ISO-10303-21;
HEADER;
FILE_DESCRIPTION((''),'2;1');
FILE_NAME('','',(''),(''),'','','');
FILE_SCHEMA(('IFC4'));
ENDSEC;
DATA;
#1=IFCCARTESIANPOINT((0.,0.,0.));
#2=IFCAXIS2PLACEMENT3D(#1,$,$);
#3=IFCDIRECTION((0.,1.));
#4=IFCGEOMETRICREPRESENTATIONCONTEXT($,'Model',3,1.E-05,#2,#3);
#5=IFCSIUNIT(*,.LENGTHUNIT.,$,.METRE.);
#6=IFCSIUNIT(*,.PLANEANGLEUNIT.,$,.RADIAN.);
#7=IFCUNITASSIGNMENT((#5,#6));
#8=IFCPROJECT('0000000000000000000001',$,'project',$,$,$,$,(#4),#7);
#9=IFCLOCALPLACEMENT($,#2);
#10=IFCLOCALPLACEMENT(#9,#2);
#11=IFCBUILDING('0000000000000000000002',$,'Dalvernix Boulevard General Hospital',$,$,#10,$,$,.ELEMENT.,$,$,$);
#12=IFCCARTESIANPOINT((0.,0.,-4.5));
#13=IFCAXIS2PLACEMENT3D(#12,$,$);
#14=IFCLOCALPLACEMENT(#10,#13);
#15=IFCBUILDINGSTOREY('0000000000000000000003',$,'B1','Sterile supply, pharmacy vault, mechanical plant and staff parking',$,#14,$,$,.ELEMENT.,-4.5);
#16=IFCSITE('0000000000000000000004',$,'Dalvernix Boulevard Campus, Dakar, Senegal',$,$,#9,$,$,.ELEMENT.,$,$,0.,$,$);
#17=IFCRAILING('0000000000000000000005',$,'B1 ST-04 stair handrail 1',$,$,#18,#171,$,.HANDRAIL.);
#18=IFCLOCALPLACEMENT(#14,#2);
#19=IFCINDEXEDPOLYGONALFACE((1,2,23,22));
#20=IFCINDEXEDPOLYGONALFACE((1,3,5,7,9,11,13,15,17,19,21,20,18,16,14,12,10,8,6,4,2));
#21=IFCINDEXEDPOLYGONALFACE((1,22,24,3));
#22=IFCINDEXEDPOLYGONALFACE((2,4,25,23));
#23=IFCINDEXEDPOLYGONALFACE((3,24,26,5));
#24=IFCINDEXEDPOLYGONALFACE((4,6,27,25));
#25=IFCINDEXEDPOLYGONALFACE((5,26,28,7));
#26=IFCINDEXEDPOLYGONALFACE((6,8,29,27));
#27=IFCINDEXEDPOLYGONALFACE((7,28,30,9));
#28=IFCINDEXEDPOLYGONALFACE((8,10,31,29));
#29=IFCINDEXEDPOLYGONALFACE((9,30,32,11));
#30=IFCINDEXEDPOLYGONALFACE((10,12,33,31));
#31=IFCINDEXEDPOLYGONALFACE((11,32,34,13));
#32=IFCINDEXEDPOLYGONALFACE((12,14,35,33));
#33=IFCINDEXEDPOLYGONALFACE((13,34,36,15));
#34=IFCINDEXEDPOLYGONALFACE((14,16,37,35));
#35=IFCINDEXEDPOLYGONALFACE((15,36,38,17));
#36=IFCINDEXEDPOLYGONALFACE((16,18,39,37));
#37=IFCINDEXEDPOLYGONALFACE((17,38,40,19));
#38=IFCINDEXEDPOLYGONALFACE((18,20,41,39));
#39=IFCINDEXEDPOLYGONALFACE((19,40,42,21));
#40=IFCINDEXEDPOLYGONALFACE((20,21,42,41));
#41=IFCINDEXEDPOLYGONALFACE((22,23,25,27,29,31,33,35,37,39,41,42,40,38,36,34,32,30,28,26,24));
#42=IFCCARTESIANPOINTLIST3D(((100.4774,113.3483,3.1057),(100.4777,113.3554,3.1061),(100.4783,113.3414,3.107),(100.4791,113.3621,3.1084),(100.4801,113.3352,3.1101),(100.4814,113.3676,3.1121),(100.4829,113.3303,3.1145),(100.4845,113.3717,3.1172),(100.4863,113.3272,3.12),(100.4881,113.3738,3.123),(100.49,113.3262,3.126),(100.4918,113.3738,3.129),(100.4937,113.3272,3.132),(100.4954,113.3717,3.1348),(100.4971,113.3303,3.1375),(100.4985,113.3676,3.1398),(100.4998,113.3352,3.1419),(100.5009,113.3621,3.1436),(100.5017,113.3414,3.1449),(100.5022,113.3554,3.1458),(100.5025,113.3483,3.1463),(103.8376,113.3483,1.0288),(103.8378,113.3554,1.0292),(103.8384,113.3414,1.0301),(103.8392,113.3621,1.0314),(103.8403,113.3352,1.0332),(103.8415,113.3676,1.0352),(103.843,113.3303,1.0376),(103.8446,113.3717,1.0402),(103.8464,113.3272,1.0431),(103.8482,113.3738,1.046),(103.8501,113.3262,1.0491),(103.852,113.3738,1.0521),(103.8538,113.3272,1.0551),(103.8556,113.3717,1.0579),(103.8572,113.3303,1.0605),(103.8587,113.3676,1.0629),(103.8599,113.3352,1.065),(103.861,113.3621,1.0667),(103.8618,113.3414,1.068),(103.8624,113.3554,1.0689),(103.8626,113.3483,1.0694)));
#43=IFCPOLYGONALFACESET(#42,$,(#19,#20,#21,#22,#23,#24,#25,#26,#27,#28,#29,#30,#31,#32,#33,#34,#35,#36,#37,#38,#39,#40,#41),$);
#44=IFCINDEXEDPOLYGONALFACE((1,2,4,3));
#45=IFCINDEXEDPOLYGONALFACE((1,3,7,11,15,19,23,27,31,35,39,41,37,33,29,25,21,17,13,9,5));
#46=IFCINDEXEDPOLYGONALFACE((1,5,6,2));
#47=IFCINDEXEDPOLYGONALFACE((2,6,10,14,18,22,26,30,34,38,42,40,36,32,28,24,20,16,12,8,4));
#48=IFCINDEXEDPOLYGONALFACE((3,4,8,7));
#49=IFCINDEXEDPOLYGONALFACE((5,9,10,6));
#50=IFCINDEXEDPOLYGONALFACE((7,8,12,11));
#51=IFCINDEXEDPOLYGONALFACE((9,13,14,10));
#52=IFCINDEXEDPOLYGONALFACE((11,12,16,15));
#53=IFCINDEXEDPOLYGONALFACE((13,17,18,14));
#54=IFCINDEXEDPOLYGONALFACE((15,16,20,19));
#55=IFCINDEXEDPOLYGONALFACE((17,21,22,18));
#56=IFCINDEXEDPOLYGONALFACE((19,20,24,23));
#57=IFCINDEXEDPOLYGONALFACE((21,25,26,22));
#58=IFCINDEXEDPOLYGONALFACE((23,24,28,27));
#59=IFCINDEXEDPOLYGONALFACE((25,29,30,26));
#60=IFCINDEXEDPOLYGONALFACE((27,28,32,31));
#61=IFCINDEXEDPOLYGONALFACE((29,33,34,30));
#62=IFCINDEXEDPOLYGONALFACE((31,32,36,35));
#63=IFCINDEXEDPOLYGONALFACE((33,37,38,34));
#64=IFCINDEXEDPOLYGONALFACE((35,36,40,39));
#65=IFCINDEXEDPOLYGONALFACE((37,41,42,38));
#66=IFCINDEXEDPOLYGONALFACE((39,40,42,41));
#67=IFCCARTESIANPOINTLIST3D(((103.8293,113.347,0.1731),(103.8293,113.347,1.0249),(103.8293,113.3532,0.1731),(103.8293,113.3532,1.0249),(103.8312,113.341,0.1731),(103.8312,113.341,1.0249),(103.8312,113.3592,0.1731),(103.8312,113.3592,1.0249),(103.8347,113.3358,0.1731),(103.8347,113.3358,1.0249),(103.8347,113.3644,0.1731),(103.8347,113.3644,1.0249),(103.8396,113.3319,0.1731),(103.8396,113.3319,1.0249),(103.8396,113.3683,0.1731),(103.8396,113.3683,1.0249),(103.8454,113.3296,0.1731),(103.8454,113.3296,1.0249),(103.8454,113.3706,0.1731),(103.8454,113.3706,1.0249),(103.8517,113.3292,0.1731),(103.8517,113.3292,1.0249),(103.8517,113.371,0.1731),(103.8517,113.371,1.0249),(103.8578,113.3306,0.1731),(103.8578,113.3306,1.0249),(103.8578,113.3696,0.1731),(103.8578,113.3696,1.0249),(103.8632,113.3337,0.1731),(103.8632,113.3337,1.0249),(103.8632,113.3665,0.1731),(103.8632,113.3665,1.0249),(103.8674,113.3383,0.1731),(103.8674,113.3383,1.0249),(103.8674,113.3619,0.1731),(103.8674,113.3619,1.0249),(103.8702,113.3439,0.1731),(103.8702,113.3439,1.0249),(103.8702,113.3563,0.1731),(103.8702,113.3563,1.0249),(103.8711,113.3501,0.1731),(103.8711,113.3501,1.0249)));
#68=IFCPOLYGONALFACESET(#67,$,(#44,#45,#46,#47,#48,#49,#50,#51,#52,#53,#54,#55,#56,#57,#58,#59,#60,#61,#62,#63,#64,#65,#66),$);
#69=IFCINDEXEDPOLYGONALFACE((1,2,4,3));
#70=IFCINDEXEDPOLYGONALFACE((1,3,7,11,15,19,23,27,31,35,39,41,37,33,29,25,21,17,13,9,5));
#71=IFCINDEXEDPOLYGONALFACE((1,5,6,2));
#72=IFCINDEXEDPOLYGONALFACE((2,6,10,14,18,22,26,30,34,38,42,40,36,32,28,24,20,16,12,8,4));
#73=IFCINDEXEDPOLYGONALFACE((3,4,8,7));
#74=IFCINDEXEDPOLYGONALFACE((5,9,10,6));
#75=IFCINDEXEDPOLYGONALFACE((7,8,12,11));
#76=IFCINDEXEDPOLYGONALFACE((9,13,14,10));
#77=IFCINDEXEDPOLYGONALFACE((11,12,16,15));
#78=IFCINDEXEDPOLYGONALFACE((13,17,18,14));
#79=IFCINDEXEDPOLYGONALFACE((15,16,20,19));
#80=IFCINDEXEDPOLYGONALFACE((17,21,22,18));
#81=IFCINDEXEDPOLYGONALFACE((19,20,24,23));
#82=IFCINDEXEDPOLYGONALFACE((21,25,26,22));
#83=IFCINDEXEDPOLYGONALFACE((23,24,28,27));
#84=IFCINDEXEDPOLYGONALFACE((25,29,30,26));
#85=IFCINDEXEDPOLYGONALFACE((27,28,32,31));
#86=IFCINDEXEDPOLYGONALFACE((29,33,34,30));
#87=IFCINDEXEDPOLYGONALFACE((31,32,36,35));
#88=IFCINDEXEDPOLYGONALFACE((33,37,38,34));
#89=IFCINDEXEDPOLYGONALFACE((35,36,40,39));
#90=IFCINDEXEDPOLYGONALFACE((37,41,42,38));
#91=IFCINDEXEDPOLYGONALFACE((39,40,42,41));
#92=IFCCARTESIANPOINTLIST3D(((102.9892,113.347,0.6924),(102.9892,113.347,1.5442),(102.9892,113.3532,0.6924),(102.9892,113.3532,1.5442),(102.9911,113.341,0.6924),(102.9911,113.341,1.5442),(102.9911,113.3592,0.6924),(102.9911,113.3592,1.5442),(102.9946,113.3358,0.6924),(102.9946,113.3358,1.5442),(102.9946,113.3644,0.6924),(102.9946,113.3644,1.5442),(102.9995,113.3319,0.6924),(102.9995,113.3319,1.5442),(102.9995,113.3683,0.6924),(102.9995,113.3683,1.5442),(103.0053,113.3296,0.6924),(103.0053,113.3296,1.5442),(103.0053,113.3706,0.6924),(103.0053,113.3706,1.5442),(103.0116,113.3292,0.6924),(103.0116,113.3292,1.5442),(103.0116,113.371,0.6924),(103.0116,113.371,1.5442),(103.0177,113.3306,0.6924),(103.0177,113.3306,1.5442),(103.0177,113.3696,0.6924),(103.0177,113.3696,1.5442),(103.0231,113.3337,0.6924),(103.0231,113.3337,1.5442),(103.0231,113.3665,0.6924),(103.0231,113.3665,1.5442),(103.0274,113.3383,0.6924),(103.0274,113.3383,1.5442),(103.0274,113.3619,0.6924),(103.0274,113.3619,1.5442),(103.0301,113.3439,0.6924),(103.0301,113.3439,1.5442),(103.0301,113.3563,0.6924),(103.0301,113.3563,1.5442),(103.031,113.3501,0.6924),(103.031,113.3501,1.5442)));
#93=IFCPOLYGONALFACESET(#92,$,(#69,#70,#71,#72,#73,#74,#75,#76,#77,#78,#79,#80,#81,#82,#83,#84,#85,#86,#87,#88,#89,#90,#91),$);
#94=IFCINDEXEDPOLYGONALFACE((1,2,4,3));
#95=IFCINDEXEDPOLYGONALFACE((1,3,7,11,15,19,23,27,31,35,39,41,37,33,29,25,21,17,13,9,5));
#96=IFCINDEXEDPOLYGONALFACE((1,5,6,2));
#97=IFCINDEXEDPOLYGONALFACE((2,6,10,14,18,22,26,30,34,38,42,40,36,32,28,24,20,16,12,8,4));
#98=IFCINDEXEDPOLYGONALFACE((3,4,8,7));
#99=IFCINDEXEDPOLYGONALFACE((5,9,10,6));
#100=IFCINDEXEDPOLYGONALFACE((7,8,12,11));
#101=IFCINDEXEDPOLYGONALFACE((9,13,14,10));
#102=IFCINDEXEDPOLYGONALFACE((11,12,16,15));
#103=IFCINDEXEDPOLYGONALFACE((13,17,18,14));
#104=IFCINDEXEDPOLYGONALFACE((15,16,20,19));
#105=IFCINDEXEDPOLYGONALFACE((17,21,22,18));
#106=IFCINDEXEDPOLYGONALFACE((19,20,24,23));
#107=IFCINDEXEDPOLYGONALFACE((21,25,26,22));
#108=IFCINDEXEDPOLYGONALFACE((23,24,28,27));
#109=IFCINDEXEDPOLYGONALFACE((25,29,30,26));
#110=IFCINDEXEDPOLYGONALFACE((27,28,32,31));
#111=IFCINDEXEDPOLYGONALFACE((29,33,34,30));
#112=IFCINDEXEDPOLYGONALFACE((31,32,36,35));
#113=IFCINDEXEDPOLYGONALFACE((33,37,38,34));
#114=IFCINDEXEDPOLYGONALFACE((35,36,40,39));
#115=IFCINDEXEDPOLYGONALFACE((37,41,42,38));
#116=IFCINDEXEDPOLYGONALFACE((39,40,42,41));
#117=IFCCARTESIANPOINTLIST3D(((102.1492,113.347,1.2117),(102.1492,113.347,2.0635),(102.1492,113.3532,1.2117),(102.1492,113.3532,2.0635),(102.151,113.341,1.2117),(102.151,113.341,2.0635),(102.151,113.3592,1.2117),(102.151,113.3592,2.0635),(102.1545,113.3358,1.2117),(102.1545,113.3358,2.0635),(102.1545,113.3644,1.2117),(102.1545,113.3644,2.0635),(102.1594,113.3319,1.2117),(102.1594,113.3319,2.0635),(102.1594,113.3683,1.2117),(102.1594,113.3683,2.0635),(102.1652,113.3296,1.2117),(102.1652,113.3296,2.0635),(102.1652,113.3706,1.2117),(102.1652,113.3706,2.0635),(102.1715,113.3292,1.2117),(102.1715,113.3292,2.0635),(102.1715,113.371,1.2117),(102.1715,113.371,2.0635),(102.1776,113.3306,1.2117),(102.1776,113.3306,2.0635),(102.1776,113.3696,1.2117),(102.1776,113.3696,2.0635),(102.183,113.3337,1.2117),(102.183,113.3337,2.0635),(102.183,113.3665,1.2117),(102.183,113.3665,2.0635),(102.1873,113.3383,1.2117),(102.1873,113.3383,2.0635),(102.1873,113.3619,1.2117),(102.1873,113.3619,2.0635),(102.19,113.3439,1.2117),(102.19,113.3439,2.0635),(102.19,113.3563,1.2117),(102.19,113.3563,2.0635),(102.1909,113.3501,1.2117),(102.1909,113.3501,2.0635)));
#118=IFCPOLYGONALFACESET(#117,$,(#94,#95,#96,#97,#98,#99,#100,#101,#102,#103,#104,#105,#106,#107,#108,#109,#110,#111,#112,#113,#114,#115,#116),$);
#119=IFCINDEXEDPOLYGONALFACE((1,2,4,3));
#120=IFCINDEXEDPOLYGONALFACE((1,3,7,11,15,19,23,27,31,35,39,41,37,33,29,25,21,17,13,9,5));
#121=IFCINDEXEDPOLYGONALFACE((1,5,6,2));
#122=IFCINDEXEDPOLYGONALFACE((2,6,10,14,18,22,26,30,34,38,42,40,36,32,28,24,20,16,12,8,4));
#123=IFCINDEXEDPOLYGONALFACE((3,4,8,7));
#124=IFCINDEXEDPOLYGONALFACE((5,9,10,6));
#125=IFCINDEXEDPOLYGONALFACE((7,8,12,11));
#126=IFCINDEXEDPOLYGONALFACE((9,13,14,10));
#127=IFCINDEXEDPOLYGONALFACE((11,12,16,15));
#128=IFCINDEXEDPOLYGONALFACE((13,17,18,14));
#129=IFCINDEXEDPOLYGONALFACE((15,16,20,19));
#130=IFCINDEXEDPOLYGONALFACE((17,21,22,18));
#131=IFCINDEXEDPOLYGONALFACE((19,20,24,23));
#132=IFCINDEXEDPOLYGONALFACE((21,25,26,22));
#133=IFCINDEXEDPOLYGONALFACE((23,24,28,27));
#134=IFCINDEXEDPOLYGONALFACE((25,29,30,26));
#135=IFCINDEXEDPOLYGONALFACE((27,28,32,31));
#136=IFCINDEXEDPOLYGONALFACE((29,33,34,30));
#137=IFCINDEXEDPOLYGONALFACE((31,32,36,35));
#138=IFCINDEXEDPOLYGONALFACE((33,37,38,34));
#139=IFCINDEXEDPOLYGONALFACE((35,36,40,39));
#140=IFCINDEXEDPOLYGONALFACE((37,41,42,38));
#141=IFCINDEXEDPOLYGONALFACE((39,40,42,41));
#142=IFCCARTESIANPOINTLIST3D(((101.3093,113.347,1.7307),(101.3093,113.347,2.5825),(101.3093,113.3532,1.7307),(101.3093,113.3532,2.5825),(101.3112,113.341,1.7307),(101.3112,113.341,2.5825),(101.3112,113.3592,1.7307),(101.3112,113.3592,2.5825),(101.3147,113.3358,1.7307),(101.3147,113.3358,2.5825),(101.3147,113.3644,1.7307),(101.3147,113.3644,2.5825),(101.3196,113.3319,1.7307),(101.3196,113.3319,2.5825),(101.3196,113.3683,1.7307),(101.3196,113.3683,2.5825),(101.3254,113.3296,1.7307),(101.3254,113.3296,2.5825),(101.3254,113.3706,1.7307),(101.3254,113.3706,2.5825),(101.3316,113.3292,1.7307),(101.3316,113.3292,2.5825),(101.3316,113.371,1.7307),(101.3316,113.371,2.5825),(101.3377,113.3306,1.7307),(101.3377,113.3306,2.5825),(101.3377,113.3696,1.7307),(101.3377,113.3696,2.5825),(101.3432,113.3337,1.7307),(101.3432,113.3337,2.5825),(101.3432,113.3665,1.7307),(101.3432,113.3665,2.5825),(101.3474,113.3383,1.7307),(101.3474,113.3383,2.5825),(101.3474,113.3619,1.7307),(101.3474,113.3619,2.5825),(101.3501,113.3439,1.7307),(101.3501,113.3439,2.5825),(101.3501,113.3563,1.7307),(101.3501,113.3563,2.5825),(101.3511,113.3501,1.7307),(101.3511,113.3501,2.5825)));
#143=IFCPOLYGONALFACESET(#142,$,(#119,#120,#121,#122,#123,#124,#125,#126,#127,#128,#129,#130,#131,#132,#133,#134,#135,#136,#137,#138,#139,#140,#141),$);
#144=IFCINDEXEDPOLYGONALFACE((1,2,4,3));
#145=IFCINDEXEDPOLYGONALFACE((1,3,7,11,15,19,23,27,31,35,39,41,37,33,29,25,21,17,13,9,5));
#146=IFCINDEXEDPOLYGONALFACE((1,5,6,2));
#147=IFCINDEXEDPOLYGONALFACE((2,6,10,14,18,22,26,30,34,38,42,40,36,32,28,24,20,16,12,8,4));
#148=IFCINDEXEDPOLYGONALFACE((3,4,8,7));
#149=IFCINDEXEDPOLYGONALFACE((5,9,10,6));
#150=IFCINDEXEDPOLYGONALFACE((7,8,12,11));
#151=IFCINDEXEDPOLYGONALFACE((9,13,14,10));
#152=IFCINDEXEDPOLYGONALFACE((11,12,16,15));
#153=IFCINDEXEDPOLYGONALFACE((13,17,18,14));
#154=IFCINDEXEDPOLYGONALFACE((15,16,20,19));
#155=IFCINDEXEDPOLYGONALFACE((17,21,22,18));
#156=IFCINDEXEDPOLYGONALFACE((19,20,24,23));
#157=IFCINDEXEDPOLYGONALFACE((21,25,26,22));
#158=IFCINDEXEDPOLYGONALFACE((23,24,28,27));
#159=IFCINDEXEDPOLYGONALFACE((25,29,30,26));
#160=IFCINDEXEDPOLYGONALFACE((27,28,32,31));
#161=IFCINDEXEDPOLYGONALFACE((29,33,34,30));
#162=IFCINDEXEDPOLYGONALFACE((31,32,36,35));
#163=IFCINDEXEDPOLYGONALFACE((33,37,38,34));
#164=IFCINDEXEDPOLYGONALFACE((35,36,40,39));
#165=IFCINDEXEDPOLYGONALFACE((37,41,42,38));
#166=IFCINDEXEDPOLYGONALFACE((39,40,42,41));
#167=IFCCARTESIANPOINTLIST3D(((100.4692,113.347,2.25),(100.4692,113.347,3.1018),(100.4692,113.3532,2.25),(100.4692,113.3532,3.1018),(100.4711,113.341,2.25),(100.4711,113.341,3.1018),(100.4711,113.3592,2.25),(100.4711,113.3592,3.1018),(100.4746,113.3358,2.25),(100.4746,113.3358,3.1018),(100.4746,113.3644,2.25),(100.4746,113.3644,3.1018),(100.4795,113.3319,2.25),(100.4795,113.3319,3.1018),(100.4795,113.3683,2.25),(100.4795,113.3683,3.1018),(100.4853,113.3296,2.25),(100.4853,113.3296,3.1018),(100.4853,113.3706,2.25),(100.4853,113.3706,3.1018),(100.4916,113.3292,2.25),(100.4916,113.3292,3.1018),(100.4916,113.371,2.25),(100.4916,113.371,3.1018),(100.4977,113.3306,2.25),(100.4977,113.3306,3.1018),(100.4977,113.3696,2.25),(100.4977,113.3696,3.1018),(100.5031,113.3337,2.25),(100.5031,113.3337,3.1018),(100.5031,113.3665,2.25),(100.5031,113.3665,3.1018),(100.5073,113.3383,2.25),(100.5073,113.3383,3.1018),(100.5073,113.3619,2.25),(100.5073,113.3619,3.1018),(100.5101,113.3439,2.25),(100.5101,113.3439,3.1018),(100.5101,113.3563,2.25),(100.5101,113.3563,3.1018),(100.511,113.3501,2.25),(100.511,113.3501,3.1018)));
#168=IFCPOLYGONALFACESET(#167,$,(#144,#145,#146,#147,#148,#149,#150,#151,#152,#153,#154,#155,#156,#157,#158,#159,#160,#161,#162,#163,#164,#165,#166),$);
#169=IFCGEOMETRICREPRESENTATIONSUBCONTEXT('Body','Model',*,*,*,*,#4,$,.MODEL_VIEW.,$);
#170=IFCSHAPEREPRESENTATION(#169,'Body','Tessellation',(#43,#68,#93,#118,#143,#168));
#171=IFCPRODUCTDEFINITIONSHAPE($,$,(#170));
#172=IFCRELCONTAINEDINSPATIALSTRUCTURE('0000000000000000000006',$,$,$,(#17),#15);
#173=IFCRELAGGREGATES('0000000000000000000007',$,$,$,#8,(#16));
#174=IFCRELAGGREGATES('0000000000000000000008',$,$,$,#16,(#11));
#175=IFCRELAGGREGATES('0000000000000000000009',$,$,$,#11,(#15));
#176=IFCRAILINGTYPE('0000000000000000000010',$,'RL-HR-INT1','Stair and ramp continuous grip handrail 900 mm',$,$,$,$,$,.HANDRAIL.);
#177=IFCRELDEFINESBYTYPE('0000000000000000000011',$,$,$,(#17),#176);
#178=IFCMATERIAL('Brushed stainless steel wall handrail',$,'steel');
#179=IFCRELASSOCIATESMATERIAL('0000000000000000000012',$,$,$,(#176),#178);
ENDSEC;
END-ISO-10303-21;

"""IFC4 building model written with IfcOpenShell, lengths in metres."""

from ifc_helpers import new_model, si_unit, direction, frame, origin, origin_2d, place, context, subcontext, project, spatial, circle, extrude, material, type_object, element, save


model = new_model("IFC4")

# Units and contexts
model_context = context("Model", 3, precision=1e-05, world=origin(), true_north=direction((0.0, 1.0)))
body_context = subcontext(model_context, "Body", "Model", "MODEL_VIEW")
ifc_project = project(units=[si_unit("LENGTHUNIT", "METRE"), si_unit("PLANEANGLEUNIT", "RADIAN")], contexts=[model_context])

# Site, building, storey
site_placement = place(None, origin())
site = spatial("IfcSite", under=ifc_project, at=site_placement, Name="Dalvernix Boulevard Campus, Dakar, Senegal", CompositionType="ELEMENT", RefElevation=0.0)
building_placement = place(site_placement, origin())
building = spatial("IfcBuilding", under=site, at=building_placement, Name="Dalvernix Boulevard General Hospital", CompositionType="ELEMENT")
storey_placement = place(building_placement, frame((0.0, 0.0, -4.5)))
storey = spatial("IfcBuildingStorey", under=building, at=storey_placement, Name="B1", Description="Sterile supply, pharmacy vault, mechanical plant and staff parking", CompositionType="ELEMENT", Elevation=-4.5)

# Railing
ifc_material_1 = material(Name="Brushed stainless steel wall handrail", Category="steel")
railing_type_1 = type_object("IfcRailingType", Name="RL-HR-INT1", Description="Stair and ramp continuous grip handrail 900 mm", PredefinedType="HANDRAIL", material=ifc_material_1)
railing_1_placement = place(storey_placement, frame((103.8501, 113.3501, 0.1731)))
element("IfcRailing", 1, at=railing_1_placement, inside=storey, type_object=railing_type_1, Name="B1 ST-04 stair handrail 1", PredefinedType="HANDRAIL", context=body_context, shape_type="SweptSolid", body=[
    extrude(circle(Radius=0.0239, at=origin_2d()), frame((0.0, 0.0, 0.876), z_axis=(-0.850623, 0.0, 0.525776), x_axis=(0.0, -1.0, 0.0)), (0.0, 0.0, 1.0), 3.9502),
    extrude(circle(Radius=0.021, at=origin_2d()), origin(), (0.0, 0.0, 1.0), 0.8518),
    extrude(circle(Radius=0.021, at=origin_2d()), frame((-0.8401, 0.0, 0.5193)), (0.0, 0.0, 1.0), 0.8518),
    extrude(circle(Radius=0.021, at=origin_2d()), frame((-1.6802, 0.0, 1.0386)), (0.0, 0.0, 1.0), 0.8518),
    extrude(circle(Radius=0.021, at=origin_2d()), frame((-2.52, 0.0, 1.5576)), (0.0, 0.0, 1.0), 0.8518),
    extrude(circle(Radius=0.021, at=origin_2d()), frame((-3.3601, 0.0, 2.0769)), (0.0, 0.0, 1.0), 0.8518),
])

save(model, "model.ifc")
